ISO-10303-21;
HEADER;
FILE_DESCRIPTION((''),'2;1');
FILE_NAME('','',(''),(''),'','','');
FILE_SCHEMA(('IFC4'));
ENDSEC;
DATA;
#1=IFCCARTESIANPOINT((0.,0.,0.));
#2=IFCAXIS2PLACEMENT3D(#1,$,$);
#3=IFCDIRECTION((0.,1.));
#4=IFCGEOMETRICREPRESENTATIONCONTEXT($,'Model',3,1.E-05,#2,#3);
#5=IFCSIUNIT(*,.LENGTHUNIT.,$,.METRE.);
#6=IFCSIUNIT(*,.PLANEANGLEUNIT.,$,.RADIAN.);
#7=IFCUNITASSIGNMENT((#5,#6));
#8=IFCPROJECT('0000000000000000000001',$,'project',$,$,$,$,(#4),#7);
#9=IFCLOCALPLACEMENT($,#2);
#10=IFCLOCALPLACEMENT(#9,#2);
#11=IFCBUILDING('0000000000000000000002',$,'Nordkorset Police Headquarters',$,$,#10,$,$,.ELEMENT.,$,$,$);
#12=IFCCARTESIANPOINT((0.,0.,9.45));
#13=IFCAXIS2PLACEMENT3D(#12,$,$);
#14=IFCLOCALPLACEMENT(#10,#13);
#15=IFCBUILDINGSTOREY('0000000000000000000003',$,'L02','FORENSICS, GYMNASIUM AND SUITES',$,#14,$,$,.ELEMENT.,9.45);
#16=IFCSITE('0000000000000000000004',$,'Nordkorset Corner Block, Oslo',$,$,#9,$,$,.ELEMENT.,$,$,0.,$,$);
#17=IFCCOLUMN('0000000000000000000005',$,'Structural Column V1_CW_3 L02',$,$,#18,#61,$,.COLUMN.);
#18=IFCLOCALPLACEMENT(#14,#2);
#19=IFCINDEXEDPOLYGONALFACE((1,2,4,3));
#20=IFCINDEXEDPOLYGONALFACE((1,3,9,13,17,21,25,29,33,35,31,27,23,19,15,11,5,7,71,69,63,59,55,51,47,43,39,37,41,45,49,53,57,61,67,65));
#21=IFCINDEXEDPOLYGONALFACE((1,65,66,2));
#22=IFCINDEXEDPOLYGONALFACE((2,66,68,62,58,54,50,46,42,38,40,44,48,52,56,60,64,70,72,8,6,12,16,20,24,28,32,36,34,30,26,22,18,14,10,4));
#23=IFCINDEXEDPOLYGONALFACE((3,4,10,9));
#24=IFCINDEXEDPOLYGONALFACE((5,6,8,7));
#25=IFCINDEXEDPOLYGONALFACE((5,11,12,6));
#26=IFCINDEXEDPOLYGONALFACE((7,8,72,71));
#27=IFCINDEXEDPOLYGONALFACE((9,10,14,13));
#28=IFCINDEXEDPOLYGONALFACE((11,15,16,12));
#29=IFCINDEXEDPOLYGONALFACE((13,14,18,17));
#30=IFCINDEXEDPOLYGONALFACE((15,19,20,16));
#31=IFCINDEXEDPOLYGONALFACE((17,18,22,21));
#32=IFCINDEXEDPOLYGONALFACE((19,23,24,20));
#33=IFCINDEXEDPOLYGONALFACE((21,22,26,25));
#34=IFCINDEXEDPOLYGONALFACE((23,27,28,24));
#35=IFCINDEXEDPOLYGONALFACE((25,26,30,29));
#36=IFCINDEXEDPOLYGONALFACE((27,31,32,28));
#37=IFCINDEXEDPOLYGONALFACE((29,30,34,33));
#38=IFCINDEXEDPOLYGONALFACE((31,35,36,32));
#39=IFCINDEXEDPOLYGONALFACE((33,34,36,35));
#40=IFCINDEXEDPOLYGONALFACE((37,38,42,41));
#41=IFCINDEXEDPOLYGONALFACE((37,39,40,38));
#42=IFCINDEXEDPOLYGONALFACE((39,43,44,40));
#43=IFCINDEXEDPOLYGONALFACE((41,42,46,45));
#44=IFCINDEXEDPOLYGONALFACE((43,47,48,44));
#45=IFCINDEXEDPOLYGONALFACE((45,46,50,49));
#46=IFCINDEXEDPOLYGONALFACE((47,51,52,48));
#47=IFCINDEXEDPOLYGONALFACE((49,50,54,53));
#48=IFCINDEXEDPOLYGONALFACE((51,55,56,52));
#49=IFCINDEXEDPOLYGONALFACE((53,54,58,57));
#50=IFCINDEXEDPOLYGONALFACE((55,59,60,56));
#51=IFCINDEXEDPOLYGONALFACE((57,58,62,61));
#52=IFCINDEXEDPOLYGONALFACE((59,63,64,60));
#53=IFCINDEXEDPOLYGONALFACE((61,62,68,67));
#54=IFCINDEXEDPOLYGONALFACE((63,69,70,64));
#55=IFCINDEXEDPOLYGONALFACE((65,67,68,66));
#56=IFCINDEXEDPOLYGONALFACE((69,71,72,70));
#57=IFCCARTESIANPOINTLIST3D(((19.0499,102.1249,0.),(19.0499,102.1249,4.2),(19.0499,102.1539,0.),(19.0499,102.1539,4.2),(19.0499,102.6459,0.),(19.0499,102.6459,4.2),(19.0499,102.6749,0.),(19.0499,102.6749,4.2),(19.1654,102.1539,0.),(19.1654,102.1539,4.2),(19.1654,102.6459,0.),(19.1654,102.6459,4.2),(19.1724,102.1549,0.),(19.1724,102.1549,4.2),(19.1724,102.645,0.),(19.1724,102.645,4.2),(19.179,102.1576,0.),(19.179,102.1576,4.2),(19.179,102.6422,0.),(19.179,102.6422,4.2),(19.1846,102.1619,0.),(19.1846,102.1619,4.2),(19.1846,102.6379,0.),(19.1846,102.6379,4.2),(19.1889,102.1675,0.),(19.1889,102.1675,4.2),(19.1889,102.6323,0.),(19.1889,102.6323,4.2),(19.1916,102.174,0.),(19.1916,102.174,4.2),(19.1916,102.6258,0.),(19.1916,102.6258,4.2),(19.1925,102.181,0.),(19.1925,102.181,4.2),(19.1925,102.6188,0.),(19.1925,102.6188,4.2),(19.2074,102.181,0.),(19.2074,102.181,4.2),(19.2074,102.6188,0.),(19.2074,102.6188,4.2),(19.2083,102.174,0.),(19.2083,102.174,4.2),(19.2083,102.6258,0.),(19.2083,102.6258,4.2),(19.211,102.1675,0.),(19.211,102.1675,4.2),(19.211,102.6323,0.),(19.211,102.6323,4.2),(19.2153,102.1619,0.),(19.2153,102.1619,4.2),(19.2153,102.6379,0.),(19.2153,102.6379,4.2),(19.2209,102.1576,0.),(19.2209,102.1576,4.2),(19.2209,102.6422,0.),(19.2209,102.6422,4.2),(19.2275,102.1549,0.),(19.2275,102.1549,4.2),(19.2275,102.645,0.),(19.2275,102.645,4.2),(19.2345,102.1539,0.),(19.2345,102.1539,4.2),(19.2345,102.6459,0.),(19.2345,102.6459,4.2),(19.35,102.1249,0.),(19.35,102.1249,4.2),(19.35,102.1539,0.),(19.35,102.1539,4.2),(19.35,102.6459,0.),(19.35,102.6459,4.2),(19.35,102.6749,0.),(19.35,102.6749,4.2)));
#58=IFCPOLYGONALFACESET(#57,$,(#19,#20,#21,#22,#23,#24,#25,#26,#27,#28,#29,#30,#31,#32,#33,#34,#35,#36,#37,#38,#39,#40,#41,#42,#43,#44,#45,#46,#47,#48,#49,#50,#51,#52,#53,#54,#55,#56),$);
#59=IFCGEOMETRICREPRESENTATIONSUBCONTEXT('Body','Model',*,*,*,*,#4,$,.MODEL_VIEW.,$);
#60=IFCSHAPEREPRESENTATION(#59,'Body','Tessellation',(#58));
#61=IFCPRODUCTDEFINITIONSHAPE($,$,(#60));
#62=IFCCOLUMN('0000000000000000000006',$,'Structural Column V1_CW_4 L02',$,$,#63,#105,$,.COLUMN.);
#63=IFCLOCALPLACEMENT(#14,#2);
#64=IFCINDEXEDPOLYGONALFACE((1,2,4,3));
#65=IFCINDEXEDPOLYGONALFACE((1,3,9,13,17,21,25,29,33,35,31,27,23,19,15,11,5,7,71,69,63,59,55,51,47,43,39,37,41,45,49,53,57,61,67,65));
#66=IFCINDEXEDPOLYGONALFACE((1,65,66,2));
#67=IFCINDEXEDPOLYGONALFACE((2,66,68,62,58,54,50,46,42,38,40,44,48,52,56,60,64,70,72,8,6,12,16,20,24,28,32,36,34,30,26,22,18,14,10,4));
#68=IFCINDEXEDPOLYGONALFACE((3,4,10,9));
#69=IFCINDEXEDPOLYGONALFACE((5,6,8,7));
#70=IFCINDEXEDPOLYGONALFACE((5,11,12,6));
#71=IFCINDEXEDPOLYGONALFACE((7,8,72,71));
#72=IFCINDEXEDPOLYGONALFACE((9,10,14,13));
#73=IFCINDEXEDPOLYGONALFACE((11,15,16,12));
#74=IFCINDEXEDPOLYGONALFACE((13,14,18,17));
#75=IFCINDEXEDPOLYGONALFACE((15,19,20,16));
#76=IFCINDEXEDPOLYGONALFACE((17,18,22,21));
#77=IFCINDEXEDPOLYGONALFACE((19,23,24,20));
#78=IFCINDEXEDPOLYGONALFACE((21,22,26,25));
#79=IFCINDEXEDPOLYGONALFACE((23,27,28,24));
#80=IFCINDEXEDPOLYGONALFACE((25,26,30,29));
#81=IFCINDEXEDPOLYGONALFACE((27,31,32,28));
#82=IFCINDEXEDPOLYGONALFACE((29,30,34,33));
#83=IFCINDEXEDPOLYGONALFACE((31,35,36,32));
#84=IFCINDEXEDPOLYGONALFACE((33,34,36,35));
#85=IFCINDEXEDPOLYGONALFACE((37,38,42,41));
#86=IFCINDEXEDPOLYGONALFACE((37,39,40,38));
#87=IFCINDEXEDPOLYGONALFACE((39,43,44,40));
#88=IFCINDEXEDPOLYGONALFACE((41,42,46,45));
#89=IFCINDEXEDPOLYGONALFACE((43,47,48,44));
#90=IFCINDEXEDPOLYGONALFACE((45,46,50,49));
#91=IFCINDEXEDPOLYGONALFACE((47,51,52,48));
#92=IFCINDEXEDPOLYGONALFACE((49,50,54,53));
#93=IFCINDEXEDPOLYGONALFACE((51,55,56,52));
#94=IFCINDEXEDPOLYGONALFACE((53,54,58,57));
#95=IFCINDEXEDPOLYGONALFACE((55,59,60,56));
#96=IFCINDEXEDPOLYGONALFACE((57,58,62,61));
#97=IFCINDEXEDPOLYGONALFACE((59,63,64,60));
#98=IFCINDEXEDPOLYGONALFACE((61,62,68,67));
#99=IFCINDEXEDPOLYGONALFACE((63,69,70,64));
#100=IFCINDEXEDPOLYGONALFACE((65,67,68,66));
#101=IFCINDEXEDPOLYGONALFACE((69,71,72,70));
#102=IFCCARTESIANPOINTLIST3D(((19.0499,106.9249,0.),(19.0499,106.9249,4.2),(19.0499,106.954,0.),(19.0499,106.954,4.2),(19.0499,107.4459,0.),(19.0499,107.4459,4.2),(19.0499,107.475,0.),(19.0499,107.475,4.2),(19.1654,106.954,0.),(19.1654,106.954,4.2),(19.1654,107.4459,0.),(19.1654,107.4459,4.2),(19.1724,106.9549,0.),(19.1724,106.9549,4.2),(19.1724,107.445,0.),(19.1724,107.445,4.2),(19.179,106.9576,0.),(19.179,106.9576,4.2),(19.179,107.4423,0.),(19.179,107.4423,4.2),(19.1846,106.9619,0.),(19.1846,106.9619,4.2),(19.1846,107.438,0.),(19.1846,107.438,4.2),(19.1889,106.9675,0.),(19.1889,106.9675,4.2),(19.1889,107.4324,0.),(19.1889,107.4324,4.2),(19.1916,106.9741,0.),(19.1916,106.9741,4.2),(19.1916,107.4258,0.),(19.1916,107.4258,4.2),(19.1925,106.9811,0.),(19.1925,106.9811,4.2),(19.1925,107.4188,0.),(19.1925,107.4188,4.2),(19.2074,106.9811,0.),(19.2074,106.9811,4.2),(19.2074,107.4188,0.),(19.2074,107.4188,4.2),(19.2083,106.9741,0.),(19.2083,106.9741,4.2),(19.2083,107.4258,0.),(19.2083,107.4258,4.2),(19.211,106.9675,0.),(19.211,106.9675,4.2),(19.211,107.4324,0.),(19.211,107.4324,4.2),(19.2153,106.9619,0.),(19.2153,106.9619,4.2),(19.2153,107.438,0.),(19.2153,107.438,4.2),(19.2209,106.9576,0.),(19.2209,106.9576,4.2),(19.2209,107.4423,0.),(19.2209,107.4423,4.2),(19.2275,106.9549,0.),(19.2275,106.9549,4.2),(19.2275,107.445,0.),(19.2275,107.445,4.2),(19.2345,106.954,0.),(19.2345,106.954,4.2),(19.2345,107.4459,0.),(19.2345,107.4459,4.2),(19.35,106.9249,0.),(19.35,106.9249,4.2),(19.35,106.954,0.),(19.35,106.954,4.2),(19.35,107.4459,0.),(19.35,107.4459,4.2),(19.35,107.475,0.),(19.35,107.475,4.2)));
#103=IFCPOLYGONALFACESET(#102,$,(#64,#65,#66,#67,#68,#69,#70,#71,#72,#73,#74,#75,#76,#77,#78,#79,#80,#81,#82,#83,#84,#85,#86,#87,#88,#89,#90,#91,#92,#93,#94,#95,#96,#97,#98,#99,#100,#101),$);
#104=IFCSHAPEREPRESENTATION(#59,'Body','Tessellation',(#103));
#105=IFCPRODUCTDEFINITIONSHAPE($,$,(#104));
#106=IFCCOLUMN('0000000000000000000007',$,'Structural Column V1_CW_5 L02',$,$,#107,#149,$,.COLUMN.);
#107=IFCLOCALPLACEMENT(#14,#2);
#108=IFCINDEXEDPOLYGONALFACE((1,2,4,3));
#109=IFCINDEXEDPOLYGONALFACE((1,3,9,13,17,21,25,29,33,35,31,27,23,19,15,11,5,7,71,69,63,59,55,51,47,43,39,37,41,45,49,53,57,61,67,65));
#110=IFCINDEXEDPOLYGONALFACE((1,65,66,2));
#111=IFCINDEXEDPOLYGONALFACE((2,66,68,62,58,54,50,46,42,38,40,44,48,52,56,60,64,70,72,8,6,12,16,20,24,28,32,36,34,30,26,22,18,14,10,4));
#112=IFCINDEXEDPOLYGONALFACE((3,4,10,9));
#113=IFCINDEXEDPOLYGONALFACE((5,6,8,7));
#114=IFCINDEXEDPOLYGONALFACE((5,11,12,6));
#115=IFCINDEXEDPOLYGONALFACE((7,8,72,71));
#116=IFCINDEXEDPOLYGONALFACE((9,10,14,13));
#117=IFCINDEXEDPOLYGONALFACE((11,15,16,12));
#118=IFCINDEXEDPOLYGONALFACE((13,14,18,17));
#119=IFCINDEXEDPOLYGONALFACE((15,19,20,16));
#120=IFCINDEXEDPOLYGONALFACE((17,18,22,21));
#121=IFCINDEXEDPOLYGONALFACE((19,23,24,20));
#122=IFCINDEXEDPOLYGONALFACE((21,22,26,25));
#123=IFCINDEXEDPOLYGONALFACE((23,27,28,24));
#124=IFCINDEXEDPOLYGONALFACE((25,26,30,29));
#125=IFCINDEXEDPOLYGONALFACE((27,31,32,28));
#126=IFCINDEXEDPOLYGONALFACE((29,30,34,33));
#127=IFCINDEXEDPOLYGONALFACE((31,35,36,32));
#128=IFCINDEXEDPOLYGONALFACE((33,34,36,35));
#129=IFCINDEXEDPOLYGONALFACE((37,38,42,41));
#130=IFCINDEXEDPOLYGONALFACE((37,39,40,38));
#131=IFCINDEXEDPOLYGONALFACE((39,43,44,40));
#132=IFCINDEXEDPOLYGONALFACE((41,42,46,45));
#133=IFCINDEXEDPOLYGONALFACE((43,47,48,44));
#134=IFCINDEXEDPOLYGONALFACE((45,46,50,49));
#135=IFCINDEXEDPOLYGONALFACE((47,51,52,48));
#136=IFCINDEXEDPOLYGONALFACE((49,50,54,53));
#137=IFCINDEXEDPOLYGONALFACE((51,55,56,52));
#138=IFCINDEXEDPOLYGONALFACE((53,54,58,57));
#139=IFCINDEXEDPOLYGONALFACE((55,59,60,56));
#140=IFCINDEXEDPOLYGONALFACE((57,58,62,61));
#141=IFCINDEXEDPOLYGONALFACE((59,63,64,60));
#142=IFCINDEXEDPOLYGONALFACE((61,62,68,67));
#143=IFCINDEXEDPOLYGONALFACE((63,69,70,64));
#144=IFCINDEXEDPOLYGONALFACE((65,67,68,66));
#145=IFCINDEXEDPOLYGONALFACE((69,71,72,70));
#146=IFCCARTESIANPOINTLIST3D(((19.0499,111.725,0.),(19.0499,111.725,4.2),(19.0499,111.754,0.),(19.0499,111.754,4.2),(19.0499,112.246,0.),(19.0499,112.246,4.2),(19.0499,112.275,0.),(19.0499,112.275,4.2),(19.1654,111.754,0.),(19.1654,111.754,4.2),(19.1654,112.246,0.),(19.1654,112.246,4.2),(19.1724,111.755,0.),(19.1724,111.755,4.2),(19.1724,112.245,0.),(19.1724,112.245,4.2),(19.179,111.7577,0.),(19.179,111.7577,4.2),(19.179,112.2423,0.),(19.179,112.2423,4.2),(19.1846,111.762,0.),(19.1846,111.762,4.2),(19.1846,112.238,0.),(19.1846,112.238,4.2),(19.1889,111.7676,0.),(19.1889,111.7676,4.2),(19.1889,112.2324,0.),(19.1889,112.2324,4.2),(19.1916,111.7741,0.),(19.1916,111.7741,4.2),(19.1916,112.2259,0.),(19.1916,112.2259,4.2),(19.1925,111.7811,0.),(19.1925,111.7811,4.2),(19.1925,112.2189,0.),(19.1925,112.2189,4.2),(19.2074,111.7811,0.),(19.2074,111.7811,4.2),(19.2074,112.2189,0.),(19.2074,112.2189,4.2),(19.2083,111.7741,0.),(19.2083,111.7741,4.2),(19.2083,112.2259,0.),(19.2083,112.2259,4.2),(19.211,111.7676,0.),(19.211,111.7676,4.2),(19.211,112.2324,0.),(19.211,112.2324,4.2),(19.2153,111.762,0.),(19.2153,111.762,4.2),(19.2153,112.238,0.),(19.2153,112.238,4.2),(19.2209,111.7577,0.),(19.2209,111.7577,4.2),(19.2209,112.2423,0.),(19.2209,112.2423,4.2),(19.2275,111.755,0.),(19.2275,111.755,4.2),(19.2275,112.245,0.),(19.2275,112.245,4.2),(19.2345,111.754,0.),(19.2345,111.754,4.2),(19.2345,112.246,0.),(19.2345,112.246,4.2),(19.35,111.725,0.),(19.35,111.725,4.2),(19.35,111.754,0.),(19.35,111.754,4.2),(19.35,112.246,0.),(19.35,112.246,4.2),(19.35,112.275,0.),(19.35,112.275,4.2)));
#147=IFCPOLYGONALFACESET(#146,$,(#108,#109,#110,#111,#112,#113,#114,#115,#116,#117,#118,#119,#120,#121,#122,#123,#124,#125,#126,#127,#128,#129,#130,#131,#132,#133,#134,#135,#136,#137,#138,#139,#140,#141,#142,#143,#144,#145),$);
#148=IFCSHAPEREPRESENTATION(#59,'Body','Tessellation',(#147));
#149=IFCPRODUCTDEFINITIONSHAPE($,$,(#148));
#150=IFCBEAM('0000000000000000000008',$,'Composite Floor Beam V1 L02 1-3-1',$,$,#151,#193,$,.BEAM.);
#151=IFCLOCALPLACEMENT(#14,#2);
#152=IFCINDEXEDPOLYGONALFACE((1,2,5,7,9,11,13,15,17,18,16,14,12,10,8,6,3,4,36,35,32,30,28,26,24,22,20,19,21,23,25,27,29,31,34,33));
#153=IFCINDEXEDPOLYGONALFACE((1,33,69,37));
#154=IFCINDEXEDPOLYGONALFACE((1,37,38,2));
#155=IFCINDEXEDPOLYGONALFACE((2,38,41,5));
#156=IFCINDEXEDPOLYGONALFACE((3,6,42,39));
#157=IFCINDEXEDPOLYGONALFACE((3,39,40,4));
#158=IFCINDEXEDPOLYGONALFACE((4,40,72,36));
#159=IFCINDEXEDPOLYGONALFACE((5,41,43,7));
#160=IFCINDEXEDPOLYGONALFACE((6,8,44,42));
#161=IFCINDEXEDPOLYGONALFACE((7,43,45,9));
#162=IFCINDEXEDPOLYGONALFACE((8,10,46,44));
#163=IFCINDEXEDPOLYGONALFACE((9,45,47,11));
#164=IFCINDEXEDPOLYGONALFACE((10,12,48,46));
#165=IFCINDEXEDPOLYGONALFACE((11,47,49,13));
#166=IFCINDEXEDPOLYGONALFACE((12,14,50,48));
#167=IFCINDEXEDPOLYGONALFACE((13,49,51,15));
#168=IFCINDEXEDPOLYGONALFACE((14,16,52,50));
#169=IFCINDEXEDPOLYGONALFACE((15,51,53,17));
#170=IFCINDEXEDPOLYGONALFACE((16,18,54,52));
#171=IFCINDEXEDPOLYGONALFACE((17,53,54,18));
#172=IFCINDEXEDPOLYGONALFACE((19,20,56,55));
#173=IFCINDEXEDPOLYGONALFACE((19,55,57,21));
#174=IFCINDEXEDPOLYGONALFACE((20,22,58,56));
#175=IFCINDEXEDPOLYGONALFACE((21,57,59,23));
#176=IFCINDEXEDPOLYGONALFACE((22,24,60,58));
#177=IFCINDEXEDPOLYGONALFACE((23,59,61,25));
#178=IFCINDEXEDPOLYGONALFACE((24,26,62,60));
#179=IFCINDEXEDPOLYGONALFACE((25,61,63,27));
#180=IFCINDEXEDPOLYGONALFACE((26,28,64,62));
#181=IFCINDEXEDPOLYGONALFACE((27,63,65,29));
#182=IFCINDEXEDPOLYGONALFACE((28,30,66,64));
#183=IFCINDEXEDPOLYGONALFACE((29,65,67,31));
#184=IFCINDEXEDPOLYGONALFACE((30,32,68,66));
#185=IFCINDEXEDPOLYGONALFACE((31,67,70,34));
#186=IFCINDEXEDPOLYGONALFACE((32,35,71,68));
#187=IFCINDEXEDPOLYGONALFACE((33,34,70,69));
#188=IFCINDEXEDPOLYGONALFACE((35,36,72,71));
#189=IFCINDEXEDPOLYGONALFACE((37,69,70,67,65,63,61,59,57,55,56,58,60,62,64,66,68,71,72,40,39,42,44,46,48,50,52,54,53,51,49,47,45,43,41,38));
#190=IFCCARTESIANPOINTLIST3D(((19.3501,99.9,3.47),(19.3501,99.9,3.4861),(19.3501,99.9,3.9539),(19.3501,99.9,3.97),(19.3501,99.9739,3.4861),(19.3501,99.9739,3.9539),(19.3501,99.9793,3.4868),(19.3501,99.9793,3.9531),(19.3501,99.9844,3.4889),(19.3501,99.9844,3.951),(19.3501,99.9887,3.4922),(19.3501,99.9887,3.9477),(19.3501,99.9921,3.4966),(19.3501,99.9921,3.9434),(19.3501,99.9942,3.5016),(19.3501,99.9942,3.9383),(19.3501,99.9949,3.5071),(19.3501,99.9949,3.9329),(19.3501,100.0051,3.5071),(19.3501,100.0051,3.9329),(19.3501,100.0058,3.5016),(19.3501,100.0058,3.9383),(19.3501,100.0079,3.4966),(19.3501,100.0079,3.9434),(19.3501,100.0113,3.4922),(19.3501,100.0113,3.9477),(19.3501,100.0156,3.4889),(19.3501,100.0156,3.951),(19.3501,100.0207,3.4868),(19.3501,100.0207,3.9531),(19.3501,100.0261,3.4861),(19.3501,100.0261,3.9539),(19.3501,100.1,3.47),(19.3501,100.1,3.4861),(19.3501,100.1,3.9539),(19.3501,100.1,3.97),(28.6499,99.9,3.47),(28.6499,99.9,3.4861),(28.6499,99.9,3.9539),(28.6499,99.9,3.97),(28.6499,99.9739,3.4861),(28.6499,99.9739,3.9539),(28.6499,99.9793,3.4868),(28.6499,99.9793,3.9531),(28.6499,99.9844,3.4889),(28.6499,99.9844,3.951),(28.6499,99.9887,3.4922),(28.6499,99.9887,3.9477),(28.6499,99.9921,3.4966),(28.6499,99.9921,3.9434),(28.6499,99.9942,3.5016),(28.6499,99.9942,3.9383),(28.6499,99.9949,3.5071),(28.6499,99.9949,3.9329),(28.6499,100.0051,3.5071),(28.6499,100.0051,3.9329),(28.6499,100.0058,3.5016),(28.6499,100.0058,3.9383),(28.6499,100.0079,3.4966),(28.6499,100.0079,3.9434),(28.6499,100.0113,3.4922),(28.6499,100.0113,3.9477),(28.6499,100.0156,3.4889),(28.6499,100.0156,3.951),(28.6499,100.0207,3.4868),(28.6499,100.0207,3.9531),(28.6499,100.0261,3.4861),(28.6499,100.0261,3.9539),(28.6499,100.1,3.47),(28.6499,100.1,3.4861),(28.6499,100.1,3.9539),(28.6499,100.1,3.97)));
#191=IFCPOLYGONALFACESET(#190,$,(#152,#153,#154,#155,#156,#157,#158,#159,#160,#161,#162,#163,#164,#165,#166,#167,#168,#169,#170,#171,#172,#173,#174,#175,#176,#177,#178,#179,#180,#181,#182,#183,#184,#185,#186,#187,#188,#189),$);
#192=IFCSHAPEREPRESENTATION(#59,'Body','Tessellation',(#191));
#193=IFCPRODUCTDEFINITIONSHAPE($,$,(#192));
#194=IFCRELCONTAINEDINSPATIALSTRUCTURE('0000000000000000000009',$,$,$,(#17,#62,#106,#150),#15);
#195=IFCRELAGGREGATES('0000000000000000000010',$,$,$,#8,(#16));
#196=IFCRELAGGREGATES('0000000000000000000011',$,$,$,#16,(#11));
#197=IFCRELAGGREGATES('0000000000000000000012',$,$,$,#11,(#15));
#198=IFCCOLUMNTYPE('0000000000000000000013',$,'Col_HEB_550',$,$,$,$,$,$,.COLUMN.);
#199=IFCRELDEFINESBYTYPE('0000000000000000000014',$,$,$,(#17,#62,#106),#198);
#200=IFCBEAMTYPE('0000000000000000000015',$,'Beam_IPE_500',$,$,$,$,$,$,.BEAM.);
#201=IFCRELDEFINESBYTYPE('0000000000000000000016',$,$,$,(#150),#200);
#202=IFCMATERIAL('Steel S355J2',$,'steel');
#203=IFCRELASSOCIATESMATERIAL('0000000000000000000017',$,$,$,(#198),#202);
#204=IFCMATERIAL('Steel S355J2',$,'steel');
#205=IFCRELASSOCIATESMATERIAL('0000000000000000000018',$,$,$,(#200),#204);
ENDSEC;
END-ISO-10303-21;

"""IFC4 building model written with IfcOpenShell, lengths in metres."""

from ifc_helpers import new_model, si_unit, direction, frame, origin, origin_2d, place, context, subcontext, project, spatial, i_section, extrude, material, material_profile, profile_set, type_object, element, save


model = new_model("IFC4")

# Units and contexts
model_context = context("Model", 3, precision=1e-05, world=origin(), true_north=direction((0.0, 1.0)))
body_context = subcontext(model_context, "Body", "Model", "MODEL_VIEW")
ifc_project = project(units=[si_unit("LENGTHUNIT", "METRE"), si_unit("PLANEANGLEUNIT", "RADIAN")], contexts=[model_context])

# Site, building, storey
site_placement = place(None, origin())
site = spatial("IfcSite", under=ifc_project, at=site_placement, Name="Nordkorset Corner Block, Oslo", CompositionType="ELEMENT", RefElevation=0.0)
building_placement = place(site_placement, origin())
building = spatial("IfcBuilding", under=site, at=building_placement, Name="Nordkorset Police Headquarters", CompositionType="ELEMENT")
storey_placement = place(building_placement, frame((0.0, 0.0, 9.45)))
storey = spatial("IfcBuildingStorey", under=building, at=storey_placement, Name="L02", Description="FORENSICS, GYMNASIUM AND SUITES", CompositionType="ELEMENT", Elevation=9.45)

# Columns
ifc_material_1 = material(Name="Steel S355J2", Category="steel")
ifc_material_profile_1 = material_profile(ifc_material_1, i_section(OverallWidth=0.3, OverallDepth=0.55, WebThickness=0.0149, FlangeThickness=0.0291, FilletRadius=0.0271, at=origin_2d()), Name="HEB 550")
ifc_profile_set_1 = profile_set([ifc_material_profile_1], Name="Steel S355J2")
column_type = type_object("IfcColumnType", Name="Col_HEB_550", PredefinedType="COLUMN", material=ifc_profile_set_1)
for number, where, z_axis, x_axis, name in (
    (1, (19.2, 102.3999, 0.0), (0.0, 0.0, 1.0), (1.0, 0.0, 0.0), "Structural Column V1_CW_3 L02"),
    (2, (19.2, 107.2, 0.0), (0.0, 0.0, 1.0), (1.0, 0.0, 0.0), "Structural Column V1_CW_4 L02"),
    (3, (19.2, 112.0, 0.0), (0.0, 0.0, 1.0), (1.0, 0.0, 0.0), "Structural Column V1_CW_5 L02"),
):
    element("IfcColumn", number, at=place(storey_placement, frame(where, z_axis=z_axis, x_axis=x_axis)), inside=storey, type_object=column_type, Name=name, PredefinedType="COLUMN", context=body_context, shape_type="SweptSolid", body=[
        extrude(i_section(OverallWidth=0.3, OverallDepth=0.55, WebThickness=0.0149, FlangeThickness=0.0291, FilletRadius=0.0271, at=origin_2d()), origin(), (0.0, 0.0, 1.0), 4.2),
    ])

# Beam
ifc_material_2 = material(Name="Steel S355J2", Category="steel")
ifc_material_profile_2 = material_profile(ifc_material_2, i_section(OverallWidth=0.2, OverallDepth=0.5, WebThickness=0.0103, FlangeThickness=0.0161, FilletRadius=0.021, at=origin_2d()), Name="IPE 500")
ifc_profile_set_2 = profile_set([ifc_material_profile_2], Name="Steel S355J2")
beam_type_1 = type_object("IfcBeamType", Name="Beam_IPE_500", PredefinedType="BEAM", material=ifc_profile_set_2)
for number, where, z_axis, x_axis, name in (
    (4, (19.3501, 100.0, 3.72), (1.0, 0.0, 0.0), (0.0, 1.0, 0.0), "Composite Floor Beam V1 L02 1-3-1"),
):
    element("IfcBeam", number, at=place(storey_placement, frame(where, z_axis=z_axis, x_axis=x_axis)), inside=storey, type_object=beam_type_1, Name=name, PredefinedType="BEAM", context=body_context, shape_type="SweptSolid", body=[
        extrude(i_section(OverallWidth=0.2, OverallDepth=0.5, WebThickness=0.0103, FlangeThickness=0.0161, FilletRadius=0.021, at=origin_2d()), origin(), (0.0, 0.0, 1.0), 9.2998),
    ])

save(model, "model.ifc")
